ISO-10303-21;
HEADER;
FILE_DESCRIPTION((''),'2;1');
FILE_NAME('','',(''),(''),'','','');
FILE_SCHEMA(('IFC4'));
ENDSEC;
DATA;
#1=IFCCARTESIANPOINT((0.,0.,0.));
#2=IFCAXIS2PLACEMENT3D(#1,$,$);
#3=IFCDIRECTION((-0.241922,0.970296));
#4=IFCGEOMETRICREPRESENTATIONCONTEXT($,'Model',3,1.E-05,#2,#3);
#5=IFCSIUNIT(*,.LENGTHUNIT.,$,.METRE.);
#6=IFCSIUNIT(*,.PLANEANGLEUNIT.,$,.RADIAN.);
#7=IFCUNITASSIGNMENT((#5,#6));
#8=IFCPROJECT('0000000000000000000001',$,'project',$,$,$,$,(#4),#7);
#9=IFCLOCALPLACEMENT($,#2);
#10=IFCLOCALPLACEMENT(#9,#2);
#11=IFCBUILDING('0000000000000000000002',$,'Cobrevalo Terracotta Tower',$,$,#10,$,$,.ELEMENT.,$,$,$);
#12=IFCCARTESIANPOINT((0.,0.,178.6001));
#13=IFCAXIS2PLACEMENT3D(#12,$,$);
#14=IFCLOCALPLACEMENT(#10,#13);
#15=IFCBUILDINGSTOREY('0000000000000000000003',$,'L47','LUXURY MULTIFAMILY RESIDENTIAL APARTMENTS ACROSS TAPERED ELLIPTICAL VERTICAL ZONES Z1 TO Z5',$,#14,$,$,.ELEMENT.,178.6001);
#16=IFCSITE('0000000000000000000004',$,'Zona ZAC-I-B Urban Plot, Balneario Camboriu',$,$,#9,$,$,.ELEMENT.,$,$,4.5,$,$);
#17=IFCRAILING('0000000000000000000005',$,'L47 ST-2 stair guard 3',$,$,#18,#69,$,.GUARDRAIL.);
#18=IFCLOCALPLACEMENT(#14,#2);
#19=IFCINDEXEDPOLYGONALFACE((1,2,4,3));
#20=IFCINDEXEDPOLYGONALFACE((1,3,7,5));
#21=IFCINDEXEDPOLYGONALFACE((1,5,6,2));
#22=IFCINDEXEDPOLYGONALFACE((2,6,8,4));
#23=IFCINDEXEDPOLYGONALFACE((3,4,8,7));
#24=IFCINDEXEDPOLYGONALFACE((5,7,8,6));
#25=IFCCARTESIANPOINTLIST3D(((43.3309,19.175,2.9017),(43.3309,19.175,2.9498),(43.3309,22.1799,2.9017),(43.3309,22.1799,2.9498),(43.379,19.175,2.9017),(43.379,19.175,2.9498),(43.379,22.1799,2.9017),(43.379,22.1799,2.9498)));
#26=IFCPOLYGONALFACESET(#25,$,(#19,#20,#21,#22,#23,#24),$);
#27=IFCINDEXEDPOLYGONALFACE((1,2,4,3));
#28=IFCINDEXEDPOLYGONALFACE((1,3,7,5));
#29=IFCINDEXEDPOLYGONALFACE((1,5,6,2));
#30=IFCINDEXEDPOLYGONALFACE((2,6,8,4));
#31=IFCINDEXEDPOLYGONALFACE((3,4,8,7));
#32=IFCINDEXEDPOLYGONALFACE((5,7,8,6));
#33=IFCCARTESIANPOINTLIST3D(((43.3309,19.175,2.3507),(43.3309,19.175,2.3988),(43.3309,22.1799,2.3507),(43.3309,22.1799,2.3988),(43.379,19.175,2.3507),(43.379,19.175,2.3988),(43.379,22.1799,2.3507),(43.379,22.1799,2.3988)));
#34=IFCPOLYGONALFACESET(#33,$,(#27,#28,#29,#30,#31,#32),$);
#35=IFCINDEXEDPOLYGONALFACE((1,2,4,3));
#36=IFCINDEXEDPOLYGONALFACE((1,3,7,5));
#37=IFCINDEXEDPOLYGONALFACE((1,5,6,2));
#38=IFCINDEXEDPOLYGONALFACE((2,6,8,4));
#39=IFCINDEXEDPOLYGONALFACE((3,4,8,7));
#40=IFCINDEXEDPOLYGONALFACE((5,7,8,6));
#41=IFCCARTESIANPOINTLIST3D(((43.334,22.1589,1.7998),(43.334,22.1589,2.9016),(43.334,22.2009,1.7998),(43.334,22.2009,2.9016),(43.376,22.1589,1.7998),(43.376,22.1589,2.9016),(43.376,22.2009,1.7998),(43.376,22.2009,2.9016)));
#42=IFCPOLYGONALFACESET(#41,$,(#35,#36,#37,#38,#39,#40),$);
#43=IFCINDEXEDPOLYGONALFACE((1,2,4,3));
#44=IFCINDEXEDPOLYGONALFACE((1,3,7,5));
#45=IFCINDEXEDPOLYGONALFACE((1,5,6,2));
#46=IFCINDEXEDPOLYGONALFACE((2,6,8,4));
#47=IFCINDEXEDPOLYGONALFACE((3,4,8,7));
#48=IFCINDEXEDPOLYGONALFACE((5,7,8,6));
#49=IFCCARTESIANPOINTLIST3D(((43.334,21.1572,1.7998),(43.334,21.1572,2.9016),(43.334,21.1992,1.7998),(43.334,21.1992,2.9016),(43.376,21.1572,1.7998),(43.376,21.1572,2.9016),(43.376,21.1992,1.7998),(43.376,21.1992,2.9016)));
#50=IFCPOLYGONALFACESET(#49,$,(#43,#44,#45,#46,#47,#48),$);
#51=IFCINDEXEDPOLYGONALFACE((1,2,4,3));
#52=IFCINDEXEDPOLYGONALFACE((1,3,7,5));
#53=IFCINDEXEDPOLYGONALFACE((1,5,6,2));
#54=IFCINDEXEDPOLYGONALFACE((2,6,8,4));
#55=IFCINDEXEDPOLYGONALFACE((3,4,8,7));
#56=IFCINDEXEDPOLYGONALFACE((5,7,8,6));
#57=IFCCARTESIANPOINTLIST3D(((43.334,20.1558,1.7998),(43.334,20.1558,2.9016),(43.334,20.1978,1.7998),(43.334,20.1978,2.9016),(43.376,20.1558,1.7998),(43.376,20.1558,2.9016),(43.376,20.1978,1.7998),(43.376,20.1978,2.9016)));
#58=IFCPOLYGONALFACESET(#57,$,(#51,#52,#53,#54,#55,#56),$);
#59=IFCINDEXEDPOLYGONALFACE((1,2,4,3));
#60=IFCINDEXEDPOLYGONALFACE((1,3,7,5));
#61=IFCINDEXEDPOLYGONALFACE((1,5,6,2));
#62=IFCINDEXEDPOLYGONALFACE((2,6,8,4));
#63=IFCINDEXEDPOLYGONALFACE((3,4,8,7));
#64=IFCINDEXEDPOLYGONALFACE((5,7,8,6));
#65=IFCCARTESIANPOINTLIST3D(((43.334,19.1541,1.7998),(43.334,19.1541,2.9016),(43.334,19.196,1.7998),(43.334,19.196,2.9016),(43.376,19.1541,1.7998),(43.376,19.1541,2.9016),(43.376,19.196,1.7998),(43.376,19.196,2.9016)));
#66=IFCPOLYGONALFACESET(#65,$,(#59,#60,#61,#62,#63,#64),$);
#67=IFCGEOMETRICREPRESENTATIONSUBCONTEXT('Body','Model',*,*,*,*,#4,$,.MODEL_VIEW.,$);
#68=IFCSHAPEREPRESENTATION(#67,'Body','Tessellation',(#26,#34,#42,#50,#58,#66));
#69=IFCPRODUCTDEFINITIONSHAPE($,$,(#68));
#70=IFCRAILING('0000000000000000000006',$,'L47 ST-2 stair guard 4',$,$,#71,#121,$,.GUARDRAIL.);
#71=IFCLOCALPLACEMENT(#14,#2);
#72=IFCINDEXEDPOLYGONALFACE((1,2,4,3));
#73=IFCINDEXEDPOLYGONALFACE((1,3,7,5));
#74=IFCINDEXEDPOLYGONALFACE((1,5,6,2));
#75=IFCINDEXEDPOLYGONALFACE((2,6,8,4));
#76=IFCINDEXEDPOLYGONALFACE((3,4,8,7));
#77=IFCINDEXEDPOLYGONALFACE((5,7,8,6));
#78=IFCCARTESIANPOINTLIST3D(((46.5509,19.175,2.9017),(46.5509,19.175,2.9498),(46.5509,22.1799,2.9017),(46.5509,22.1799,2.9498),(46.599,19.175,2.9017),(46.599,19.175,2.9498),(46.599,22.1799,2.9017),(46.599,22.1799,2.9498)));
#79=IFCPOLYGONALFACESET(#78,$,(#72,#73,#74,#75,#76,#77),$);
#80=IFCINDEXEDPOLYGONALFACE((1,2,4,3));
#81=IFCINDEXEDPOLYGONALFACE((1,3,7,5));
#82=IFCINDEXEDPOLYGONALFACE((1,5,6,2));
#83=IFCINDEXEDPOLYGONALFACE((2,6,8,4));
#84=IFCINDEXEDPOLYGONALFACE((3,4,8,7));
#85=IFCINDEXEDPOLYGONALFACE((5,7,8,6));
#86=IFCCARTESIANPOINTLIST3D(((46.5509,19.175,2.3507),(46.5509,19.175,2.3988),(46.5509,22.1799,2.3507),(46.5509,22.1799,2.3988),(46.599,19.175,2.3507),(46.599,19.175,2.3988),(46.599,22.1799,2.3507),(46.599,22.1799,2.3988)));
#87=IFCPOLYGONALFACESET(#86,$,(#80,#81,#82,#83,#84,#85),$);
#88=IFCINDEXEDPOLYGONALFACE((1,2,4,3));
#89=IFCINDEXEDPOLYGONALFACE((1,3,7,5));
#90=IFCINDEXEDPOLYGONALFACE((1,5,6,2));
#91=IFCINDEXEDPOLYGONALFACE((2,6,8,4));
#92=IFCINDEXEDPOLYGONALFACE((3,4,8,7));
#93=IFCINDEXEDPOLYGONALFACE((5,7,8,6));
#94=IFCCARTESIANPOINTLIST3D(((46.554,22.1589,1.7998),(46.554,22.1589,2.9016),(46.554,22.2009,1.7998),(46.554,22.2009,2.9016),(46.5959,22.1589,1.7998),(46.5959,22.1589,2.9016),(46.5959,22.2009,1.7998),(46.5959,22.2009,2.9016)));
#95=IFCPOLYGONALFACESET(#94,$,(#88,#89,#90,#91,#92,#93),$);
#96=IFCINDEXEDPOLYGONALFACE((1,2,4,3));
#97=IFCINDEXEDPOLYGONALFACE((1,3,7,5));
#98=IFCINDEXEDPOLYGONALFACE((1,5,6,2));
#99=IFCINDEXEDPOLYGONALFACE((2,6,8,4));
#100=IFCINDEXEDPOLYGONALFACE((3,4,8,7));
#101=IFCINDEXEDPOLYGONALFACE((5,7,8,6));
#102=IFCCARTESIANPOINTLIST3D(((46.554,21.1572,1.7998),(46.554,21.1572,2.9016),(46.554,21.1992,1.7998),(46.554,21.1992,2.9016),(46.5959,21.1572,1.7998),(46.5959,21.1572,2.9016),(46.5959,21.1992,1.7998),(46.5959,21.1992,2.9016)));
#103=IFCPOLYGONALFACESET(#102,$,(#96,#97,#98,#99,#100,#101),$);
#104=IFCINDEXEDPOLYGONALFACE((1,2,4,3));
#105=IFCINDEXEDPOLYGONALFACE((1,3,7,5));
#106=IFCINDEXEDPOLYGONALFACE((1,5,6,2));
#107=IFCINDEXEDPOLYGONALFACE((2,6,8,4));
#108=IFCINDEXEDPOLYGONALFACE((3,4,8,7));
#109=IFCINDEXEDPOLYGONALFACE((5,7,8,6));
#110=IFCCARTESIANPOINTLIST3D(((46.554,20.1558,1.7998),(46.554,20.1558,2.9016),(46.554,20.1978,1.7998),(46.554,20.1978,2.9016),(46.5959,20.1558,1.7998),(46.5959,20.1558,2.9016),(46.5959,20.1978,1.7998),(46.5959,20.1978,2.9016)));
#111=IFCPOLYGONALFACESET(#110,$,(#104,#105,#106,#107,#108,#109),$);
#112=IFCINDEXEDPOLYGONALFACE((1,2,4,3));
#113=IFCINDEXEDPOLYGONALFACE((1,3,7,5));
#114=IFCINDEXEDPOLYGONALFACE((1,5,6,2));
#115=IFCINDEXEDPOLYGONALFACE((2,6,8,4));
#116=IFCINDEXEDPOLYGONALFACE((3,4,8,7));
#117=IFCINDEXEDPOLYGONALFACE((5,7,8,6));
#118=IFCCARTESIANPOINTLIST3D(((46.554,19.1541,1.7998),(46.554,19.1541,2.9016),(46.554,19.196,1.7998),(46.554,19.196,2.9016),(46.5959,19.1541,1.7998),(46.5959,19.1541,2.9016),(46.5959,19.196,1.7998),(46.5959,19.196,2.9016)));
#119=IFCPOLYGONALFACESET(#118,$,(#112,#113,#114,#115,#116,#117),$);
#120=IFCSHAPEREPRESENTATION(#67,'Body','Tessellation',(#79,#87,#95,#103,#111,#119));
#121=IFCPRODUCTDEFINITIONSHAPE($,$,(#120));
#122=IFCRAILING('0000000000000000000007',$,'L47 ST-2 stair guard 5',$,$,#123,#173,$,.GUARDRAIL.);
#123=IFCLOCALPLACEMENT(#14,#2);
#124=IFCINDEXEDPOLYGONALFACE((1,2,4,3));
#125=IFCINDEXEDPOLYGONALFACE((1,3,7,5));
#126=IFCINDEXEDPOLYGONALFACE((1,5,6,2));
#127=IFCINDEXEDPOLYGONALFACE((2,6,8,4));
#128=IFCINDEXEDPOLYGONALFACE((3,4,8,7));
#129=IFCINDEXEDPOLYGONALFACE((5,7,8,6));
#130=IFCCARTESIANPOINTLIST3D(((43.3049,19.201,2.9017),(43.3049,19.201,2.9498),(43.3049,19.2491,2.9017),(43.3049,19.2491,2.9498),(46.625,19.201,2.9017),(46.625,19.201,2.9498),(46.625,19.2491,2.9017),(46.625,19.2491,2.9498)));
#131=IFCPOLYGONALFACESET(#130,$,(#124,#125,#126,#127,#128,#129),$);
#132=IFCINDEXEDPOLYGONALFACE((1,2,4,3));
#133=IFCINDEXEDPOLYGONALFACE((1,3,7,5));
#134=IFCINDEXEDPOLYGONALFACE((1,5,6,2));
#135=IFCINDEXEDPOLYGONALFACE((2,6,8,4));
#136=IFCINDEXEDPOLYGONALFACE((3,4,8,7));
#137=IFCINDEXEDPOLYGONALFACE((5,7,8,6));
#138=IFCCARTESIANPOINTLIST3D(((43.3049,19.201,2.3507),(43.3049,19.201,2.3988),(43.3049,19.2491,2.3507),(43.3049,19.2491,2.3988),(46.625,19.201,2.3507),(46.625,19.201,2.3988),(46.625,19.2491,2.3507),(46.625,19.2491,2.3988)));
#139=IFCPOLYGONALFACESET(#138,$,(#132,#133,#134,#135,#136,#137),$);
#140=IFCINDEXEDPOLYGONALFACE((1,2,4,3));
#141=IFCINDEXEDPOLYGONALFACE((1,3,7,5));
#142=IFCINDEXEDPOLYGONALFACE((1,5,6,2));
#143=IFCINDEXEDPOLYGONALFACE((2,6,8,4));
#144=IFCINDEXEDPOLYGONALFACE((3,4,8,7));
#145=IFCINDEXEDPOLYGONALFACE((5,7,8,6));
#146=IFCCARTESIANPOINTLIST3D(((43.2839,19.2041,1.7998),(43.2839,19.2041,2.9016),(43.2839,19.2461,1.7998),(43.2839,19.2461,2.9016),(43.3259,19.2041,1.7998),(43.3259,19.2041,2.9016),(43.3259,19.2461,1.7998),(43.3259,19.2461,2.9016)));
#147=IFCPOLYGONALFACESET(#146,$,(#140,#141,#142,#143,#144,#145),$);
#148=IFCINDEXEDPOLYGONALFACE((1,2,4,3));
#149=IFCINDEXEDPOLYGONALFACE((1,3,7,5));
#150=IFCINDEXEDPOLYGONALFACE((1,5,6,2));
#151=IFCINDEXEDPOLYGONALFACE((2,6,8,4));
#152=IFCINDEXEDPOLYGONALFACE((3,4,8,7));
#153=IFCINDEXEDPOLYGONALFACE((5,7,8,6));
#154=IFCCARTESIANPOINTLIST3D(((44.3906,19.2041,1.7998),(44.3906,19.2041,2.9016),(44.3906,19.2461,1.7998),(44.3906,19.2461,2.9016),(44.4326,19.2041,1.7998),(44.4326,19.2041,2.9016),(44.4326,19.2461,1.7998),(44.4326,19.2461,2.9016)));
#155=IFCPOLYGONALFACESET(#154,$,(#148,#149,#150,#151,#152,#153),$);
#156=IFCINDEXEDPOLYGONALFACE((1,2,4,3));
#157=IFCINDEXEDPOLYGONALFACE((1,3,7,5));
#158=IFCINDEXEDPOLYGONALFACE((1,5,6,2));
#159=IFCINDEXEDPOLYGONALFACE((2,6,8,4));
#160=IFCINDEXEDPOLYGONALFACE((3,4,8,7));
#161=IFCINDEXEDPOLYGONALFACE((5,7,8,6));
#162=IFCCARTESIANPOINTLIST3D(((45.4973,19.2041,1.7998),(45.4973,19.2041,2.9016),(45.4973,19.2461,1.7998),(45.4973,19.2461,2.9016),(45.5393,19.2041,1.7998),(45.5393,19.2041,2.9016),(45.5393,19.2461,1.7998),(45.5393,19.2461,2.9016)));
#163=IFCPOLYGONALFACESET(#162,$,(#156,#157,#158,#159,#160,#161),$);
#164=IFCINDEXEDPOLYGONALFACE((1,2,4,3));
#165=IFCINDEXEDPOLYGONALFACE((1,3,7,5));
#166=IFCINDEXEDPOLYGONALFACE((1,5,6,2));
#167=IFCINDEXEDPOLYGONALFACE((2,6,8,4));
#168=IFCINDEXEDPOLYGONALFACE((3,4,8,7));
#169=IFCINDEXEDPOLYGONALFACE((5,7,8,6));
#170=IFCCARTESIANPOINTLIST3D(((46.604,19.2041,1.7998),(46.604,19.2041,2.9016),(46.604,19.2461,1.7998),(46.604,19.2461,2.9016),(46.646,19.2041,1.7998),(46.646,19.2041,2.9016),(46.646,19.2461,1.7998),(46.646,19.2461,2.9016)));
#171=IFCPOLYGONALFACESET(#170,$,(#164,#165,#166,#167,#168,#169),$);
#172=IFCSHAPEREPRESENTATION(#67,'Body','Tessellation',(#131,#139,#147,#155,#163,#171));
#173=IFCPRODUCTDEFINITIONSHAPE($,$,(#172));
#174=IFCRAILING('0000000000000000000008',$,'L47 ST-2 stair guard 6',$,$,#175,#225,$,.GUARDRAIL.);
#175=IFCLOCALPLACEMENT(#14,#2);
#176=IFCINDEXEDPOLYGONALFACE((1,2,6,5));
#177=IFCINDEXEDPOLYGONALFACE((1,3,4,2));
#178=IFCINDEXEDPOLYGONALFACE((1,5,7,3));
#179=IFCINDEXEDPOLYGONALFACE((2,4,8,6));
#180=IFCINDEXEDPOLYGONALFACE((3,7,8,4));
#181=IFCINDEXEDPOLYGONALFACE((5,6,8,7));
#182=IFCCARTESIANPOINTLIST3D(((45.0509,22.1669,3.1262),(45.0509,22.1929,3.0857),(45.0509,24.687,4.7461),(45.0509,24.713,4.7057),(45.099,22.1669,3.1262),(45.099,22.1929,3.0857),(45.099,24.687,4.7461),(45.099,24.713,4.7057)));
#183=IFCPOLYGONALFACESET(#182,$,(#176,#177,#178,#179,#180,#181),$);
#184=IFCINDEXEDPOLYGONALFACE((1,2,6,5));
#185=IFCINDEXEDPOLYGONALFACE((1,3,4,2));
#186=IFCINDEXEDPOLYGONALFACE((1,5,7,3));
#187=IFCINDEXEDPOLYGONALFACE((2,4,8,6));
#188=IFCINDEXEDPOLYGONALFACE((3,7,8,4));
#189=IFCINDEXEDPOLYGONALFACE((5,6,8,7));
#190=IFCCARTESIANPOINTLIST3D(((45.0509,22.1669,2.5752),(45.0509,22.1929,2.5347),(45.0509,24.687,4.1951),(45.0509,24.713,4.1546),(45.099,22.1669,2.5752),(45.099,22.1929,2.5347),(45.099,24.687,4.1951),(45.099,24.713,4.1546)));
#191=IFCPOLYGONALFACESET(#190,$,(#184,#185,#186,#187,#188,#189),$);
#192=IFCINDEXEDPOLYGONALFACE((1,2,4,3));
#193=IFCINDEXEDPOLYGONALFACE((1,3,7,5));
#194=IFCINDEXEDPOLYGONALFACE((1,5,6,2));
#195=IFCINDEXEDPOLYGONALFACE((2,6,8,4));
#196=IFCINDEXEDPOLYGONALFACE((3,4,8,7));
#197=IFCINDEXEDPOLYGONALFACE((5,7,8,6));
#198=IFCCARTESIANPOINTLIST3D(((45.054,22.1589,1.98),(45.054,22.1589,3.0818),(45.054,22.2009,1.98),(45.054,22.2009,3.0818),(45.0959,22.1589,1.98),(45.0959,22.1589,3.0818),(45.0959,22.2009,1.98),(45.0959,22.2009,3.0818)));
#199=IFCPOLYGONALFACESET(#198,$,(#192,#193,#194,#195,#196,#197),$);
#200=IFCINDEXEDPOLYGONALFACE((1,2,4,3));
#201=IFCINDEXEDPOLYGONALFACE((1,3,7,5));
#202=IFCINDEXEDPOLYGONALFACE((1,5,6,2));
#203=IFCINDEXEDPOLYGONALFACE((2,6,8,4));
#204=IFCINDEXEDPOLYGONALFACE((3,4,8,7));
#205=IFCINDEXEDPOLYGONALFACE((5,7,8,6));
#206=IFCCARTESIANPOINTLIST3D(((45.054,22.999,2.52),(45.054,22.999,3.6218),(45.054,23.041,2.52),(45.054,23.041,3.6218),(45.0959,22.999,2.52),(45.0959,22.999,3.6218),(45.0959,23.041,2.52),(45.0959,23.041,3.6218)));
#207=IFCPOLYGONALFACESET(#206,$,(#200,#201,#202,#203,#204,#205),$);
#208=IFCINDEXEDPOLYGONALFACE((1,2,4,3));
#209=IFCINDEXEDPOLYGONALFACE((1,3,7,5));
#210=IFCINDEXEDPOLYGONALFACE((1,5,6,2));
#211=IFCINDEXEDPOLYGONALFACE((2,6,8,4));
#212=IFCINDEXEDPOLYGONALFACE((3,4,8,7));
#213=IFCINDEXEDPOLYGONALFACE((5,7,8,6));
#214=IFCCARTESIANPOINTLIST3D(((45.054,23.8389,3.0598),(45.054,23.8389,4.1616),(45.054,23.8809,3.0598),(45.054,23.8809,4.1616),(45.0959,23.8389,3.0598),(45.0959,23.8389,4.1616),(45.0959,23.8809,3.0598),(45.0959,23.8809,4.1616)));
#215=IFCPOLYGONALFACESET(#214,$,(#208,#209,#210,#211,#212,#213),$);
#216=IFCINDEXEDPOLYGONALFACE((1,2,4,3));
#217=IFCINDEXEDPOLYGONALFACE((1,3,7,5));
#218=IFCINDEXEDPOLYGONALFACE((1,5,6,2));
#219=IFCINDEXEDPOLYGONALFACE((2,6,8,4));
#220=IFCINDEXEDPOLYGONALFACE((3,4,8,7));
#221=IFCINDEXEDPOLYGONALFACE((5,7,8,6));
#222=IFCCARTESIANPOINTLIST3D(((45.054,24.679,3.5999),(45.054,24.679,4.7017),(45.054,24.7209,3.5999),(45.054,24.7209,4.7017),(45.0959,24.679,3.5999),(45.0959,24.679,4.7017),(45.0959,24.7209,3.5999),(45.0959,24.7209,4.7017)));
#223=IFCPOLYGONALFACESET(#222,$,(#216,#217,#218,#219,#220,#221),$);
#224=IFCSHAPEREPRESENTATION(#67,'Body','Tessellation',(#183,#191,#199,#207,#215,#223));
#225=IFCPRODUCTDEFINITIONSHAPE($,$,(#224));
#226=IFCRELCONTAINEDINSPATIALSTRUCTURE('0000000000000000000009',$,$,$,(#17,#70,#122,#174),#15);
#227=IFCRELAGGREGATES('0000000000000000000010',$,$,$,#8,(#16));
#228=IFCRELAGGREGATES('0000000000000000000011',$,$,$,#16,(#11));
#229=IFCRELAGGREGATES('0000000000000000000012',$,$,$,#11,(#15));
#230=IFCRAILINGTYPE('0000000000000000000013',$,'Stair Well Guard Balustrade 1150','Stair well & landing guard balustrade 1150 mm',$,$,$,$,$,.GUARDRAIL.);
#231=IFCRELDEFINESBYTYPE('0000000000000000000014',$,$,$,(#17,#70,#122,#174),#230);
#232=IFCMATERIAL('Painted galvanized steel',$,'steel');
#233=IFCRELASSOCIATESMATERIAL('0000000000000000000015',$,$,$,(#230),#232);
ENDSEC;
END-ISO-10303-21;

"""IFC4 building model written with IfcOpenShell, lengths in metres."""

from ifc_helpers import new_model, si_unit, direction, frame, origin, origin_2d, place, context, subcontext, project, spatial, rectangle, extrude, material, type_object, element, save


model = new_model("IFC4")

# Units and contexts
model_context = context("Model", 3, precision=1e-05, world=origin(), true_north=direction((-0.241922, 0.970296)))
body_context = subcontext(model_context, "Body", "Model", "MODEL_VIEW")
ifc_project = project(units=[si_unit("LENGTHUNIT", "METRE"), si_unit("PLANEANGLEUNIT", "RADIAN")], contexts=[model_context])

# Site, building, storey
site_placement = place(None, origin())
site = spatial("IfcSite", under=ifc_project, at=site_placement, Name="Zona ZAC-I-B Urban Plot, Balneario Camboriu", CompositionType="ELEMENT", RefElevation=4.5)
building_placement = place(site_placement, origin())
building = spatial("IfcBuilding", under=site, at=building_placement, Name="Cobrevalo Terracotta Tower", CompositionType="ELEMENT")
storey_placement = place(building_placement, frame((0.0, 0.0, 178.6001)))
storey = spatial("IfcBuildingStorey", under=building, at=storey_placement, Name="L47", Description="LUXURY MULTIFAMILY RESIDENTIAL APARTMENTS ACROSS TAPERED ELLIPTICAL VERTICAL ZONES Z1 TO Z5", CompositionType="ELEMENT", Elevation=178.6001)

# Railings
ifc_material_1 = material(Name="Painted galvanized steel", Category="steel")
railing_type_1 = type_object("IfcRailingType", Name="Stair Well Guard Balustrade 1150", Description="Stair well & landing guard balustrade 1150 mm", PredefinedType="GUARDRAIL", material=ifc_material_1)
for number, where, name in (
    (1, (43.355, 22.1799, 1.7998), "L47 ST-2 stair guard 3"),
    (2, (46.575, 22.1799, 1.7998), "L47 ST-2 stair guard 4"),
):
    element("IfcRailing", number, at=place(storey_placement, frame(where)), inside=storey, type_object=railing_type_1, Name=name, PredefinedType="GUARDRAIL", context=body_context, shape_type="SweptSolid", body=[
        extrude(rectangle(XDim=0.0481, YDim=0.0481, at=origin_2d()), frame((0.0, 0.0, 1.126), z_axis=(0.0, -1.0, 0.0), x_axis=(1.0, 0.0, 0.0)), (0.0, 0.0, 1.0), 3.0049),
        extrude(rectangle(XDim=0.0481, YDim=0.0481, at=origin_2d()), frame((0.0, 0.0, 0.575), z_axis=(0.0, -1.0, 0.0), x_axis=(1.0, 0.0, 0.0)), (0.0, 0.0, 1.0), 3.0049),
        extrude(rectangle(XDim=0.042, YDim=0.042, at=origin_2d()), origin(), (0.0, 0.0, 1.0), 1.1018),
        extrude(rectangle(XDim=0.042, YDim=0.042, at=origin_2d()), frame((0.0, -1.0017, 0.0)), (0.0, 0.0, 1.0), 1.1018),
        extrude(rectangle(XDim=0.042, YDim=0.042, at=origin_2d()), frame((0.0, -2.0032, 0.0)), (0.0, 0.0, 1.0), 1.1018),
        extrude(rectangle(XDim=0.042, YDim=0.042, at=origin_2d()), frame((0.0, -3.0049, 0.0)), (0.0, 0.0, 1.0), 1.1018),
    ])
railing_1_placement = place(storey_placement, frame((43.3049, 19.2251, 1.7998)))
element("IfcRailing", 3, at=railing_1_placement, inside=storey, type_object=railing_type_1, Name="L47 ST-2 stair guard 5", PredefinedType="GUARDRAIL", context=body_context, shape_type="SweptSolid", body=[
    extrude(rectangle(XDim=0.0481, YDim=0.0481, at=origin_2d()), frame((0.0, 0.0, 1.126), z_axis=(1.0, 0.0, 0.0), x_axis=(0.0, 1.0, 0.0)), (0.0, 0.0, 1.0), 3.3201),
    extrude(rectangle(XDim=0.0481, YDim=0.0481, at=origin_2d()), frame((0.0, 0.0, 0.575), z_axis=(1.0, 0.0, 0.0), x_axis=(0.0, 1.0, 0.0)), (0.0, 0.0, 1.0), 3.3201),
    extrude(rectangle(XDim=0.042, YDim=0.042, at=origin_2d()), origin(), (0.0, 0.0, 1.0), 1.1018),
    extrude(rectangle(XDim=0.042, YDim=0.042, at=origin_2d()), frame((1.1067, 0.0, 0.0)), (0.0, 0.0, 1.0), 1.1018),
    extrude(rectangle(XDim=0.042, YDim=0.042, at=origin_2d()), frame((2.2134, 0.0, 0.0)), (0.0, 0.0, 1.0), 1.1018),
    extrude(rectangle(XDim=0.042, YDim=0.042, at=origin_2d()), frame((3.3201, 0.0, 0.0)), (0.0, 0.0, 1.0), 1.1018),
])
railing_2_placement = place(storey_placement, frame((45.075, 22.1799, 1.98)))
element("IfcRailing", 4, at=railing_2_placement, inside=storey, type_object=railing_type_1, Name="L47 ST-2 stair guard 6", PredefinedType="GUARDRAIL", context=body_context, shape_type="SweptSolid", body=[
    extrude(rectangle(XDim=0.0481, YDim=0.0481, at=origin_2d()), frame((0.0, 0.0, 1.126), z_axis=(0.0, 0.8412, 0.540725), x_axis=(-1.0, 0.0, 0.0)), (0.0, 0.0, 1.0), 2.9958),
    extrude(rectangle(XDim=0.0481, YDim=0.0481, at=origin_2d()), frame((0.0, 0.0, 0.575), z_axis=(0.0, 0.8412, 0.540725), x_axis=(-1.0, 0.0, 0.0)), (0.0, 0.0, 1.0), 2.9958),
    extrude(rectangle(XDim=0.042, YDim=0.042, at=origin_2d()), origin(), (0.0, 0.0, 1.0), 1.1018),
    extrude(rectangle(XDim=0.042, YDim=0.042, at=origin_2d()), frame((0.0, 0.8401, 0.54)), (0.0, 0.0, 1.0), 1.1018),
    extrude(rectangle(XDim=0.042, YDim=0.042, at=origin_2d()), frame((0.0, 1.6799, 1.0798)), (0.0, 0.0, 1.0), 1.1018),
    extrude(rectangle(XDim=0.042, YDim=0.042, at=origin_2d()), frame((0.0, 2.52, 1.6199)), (0.0, 0.0, 1.0), 1.1018),
])

save(model, "model.ifc")
